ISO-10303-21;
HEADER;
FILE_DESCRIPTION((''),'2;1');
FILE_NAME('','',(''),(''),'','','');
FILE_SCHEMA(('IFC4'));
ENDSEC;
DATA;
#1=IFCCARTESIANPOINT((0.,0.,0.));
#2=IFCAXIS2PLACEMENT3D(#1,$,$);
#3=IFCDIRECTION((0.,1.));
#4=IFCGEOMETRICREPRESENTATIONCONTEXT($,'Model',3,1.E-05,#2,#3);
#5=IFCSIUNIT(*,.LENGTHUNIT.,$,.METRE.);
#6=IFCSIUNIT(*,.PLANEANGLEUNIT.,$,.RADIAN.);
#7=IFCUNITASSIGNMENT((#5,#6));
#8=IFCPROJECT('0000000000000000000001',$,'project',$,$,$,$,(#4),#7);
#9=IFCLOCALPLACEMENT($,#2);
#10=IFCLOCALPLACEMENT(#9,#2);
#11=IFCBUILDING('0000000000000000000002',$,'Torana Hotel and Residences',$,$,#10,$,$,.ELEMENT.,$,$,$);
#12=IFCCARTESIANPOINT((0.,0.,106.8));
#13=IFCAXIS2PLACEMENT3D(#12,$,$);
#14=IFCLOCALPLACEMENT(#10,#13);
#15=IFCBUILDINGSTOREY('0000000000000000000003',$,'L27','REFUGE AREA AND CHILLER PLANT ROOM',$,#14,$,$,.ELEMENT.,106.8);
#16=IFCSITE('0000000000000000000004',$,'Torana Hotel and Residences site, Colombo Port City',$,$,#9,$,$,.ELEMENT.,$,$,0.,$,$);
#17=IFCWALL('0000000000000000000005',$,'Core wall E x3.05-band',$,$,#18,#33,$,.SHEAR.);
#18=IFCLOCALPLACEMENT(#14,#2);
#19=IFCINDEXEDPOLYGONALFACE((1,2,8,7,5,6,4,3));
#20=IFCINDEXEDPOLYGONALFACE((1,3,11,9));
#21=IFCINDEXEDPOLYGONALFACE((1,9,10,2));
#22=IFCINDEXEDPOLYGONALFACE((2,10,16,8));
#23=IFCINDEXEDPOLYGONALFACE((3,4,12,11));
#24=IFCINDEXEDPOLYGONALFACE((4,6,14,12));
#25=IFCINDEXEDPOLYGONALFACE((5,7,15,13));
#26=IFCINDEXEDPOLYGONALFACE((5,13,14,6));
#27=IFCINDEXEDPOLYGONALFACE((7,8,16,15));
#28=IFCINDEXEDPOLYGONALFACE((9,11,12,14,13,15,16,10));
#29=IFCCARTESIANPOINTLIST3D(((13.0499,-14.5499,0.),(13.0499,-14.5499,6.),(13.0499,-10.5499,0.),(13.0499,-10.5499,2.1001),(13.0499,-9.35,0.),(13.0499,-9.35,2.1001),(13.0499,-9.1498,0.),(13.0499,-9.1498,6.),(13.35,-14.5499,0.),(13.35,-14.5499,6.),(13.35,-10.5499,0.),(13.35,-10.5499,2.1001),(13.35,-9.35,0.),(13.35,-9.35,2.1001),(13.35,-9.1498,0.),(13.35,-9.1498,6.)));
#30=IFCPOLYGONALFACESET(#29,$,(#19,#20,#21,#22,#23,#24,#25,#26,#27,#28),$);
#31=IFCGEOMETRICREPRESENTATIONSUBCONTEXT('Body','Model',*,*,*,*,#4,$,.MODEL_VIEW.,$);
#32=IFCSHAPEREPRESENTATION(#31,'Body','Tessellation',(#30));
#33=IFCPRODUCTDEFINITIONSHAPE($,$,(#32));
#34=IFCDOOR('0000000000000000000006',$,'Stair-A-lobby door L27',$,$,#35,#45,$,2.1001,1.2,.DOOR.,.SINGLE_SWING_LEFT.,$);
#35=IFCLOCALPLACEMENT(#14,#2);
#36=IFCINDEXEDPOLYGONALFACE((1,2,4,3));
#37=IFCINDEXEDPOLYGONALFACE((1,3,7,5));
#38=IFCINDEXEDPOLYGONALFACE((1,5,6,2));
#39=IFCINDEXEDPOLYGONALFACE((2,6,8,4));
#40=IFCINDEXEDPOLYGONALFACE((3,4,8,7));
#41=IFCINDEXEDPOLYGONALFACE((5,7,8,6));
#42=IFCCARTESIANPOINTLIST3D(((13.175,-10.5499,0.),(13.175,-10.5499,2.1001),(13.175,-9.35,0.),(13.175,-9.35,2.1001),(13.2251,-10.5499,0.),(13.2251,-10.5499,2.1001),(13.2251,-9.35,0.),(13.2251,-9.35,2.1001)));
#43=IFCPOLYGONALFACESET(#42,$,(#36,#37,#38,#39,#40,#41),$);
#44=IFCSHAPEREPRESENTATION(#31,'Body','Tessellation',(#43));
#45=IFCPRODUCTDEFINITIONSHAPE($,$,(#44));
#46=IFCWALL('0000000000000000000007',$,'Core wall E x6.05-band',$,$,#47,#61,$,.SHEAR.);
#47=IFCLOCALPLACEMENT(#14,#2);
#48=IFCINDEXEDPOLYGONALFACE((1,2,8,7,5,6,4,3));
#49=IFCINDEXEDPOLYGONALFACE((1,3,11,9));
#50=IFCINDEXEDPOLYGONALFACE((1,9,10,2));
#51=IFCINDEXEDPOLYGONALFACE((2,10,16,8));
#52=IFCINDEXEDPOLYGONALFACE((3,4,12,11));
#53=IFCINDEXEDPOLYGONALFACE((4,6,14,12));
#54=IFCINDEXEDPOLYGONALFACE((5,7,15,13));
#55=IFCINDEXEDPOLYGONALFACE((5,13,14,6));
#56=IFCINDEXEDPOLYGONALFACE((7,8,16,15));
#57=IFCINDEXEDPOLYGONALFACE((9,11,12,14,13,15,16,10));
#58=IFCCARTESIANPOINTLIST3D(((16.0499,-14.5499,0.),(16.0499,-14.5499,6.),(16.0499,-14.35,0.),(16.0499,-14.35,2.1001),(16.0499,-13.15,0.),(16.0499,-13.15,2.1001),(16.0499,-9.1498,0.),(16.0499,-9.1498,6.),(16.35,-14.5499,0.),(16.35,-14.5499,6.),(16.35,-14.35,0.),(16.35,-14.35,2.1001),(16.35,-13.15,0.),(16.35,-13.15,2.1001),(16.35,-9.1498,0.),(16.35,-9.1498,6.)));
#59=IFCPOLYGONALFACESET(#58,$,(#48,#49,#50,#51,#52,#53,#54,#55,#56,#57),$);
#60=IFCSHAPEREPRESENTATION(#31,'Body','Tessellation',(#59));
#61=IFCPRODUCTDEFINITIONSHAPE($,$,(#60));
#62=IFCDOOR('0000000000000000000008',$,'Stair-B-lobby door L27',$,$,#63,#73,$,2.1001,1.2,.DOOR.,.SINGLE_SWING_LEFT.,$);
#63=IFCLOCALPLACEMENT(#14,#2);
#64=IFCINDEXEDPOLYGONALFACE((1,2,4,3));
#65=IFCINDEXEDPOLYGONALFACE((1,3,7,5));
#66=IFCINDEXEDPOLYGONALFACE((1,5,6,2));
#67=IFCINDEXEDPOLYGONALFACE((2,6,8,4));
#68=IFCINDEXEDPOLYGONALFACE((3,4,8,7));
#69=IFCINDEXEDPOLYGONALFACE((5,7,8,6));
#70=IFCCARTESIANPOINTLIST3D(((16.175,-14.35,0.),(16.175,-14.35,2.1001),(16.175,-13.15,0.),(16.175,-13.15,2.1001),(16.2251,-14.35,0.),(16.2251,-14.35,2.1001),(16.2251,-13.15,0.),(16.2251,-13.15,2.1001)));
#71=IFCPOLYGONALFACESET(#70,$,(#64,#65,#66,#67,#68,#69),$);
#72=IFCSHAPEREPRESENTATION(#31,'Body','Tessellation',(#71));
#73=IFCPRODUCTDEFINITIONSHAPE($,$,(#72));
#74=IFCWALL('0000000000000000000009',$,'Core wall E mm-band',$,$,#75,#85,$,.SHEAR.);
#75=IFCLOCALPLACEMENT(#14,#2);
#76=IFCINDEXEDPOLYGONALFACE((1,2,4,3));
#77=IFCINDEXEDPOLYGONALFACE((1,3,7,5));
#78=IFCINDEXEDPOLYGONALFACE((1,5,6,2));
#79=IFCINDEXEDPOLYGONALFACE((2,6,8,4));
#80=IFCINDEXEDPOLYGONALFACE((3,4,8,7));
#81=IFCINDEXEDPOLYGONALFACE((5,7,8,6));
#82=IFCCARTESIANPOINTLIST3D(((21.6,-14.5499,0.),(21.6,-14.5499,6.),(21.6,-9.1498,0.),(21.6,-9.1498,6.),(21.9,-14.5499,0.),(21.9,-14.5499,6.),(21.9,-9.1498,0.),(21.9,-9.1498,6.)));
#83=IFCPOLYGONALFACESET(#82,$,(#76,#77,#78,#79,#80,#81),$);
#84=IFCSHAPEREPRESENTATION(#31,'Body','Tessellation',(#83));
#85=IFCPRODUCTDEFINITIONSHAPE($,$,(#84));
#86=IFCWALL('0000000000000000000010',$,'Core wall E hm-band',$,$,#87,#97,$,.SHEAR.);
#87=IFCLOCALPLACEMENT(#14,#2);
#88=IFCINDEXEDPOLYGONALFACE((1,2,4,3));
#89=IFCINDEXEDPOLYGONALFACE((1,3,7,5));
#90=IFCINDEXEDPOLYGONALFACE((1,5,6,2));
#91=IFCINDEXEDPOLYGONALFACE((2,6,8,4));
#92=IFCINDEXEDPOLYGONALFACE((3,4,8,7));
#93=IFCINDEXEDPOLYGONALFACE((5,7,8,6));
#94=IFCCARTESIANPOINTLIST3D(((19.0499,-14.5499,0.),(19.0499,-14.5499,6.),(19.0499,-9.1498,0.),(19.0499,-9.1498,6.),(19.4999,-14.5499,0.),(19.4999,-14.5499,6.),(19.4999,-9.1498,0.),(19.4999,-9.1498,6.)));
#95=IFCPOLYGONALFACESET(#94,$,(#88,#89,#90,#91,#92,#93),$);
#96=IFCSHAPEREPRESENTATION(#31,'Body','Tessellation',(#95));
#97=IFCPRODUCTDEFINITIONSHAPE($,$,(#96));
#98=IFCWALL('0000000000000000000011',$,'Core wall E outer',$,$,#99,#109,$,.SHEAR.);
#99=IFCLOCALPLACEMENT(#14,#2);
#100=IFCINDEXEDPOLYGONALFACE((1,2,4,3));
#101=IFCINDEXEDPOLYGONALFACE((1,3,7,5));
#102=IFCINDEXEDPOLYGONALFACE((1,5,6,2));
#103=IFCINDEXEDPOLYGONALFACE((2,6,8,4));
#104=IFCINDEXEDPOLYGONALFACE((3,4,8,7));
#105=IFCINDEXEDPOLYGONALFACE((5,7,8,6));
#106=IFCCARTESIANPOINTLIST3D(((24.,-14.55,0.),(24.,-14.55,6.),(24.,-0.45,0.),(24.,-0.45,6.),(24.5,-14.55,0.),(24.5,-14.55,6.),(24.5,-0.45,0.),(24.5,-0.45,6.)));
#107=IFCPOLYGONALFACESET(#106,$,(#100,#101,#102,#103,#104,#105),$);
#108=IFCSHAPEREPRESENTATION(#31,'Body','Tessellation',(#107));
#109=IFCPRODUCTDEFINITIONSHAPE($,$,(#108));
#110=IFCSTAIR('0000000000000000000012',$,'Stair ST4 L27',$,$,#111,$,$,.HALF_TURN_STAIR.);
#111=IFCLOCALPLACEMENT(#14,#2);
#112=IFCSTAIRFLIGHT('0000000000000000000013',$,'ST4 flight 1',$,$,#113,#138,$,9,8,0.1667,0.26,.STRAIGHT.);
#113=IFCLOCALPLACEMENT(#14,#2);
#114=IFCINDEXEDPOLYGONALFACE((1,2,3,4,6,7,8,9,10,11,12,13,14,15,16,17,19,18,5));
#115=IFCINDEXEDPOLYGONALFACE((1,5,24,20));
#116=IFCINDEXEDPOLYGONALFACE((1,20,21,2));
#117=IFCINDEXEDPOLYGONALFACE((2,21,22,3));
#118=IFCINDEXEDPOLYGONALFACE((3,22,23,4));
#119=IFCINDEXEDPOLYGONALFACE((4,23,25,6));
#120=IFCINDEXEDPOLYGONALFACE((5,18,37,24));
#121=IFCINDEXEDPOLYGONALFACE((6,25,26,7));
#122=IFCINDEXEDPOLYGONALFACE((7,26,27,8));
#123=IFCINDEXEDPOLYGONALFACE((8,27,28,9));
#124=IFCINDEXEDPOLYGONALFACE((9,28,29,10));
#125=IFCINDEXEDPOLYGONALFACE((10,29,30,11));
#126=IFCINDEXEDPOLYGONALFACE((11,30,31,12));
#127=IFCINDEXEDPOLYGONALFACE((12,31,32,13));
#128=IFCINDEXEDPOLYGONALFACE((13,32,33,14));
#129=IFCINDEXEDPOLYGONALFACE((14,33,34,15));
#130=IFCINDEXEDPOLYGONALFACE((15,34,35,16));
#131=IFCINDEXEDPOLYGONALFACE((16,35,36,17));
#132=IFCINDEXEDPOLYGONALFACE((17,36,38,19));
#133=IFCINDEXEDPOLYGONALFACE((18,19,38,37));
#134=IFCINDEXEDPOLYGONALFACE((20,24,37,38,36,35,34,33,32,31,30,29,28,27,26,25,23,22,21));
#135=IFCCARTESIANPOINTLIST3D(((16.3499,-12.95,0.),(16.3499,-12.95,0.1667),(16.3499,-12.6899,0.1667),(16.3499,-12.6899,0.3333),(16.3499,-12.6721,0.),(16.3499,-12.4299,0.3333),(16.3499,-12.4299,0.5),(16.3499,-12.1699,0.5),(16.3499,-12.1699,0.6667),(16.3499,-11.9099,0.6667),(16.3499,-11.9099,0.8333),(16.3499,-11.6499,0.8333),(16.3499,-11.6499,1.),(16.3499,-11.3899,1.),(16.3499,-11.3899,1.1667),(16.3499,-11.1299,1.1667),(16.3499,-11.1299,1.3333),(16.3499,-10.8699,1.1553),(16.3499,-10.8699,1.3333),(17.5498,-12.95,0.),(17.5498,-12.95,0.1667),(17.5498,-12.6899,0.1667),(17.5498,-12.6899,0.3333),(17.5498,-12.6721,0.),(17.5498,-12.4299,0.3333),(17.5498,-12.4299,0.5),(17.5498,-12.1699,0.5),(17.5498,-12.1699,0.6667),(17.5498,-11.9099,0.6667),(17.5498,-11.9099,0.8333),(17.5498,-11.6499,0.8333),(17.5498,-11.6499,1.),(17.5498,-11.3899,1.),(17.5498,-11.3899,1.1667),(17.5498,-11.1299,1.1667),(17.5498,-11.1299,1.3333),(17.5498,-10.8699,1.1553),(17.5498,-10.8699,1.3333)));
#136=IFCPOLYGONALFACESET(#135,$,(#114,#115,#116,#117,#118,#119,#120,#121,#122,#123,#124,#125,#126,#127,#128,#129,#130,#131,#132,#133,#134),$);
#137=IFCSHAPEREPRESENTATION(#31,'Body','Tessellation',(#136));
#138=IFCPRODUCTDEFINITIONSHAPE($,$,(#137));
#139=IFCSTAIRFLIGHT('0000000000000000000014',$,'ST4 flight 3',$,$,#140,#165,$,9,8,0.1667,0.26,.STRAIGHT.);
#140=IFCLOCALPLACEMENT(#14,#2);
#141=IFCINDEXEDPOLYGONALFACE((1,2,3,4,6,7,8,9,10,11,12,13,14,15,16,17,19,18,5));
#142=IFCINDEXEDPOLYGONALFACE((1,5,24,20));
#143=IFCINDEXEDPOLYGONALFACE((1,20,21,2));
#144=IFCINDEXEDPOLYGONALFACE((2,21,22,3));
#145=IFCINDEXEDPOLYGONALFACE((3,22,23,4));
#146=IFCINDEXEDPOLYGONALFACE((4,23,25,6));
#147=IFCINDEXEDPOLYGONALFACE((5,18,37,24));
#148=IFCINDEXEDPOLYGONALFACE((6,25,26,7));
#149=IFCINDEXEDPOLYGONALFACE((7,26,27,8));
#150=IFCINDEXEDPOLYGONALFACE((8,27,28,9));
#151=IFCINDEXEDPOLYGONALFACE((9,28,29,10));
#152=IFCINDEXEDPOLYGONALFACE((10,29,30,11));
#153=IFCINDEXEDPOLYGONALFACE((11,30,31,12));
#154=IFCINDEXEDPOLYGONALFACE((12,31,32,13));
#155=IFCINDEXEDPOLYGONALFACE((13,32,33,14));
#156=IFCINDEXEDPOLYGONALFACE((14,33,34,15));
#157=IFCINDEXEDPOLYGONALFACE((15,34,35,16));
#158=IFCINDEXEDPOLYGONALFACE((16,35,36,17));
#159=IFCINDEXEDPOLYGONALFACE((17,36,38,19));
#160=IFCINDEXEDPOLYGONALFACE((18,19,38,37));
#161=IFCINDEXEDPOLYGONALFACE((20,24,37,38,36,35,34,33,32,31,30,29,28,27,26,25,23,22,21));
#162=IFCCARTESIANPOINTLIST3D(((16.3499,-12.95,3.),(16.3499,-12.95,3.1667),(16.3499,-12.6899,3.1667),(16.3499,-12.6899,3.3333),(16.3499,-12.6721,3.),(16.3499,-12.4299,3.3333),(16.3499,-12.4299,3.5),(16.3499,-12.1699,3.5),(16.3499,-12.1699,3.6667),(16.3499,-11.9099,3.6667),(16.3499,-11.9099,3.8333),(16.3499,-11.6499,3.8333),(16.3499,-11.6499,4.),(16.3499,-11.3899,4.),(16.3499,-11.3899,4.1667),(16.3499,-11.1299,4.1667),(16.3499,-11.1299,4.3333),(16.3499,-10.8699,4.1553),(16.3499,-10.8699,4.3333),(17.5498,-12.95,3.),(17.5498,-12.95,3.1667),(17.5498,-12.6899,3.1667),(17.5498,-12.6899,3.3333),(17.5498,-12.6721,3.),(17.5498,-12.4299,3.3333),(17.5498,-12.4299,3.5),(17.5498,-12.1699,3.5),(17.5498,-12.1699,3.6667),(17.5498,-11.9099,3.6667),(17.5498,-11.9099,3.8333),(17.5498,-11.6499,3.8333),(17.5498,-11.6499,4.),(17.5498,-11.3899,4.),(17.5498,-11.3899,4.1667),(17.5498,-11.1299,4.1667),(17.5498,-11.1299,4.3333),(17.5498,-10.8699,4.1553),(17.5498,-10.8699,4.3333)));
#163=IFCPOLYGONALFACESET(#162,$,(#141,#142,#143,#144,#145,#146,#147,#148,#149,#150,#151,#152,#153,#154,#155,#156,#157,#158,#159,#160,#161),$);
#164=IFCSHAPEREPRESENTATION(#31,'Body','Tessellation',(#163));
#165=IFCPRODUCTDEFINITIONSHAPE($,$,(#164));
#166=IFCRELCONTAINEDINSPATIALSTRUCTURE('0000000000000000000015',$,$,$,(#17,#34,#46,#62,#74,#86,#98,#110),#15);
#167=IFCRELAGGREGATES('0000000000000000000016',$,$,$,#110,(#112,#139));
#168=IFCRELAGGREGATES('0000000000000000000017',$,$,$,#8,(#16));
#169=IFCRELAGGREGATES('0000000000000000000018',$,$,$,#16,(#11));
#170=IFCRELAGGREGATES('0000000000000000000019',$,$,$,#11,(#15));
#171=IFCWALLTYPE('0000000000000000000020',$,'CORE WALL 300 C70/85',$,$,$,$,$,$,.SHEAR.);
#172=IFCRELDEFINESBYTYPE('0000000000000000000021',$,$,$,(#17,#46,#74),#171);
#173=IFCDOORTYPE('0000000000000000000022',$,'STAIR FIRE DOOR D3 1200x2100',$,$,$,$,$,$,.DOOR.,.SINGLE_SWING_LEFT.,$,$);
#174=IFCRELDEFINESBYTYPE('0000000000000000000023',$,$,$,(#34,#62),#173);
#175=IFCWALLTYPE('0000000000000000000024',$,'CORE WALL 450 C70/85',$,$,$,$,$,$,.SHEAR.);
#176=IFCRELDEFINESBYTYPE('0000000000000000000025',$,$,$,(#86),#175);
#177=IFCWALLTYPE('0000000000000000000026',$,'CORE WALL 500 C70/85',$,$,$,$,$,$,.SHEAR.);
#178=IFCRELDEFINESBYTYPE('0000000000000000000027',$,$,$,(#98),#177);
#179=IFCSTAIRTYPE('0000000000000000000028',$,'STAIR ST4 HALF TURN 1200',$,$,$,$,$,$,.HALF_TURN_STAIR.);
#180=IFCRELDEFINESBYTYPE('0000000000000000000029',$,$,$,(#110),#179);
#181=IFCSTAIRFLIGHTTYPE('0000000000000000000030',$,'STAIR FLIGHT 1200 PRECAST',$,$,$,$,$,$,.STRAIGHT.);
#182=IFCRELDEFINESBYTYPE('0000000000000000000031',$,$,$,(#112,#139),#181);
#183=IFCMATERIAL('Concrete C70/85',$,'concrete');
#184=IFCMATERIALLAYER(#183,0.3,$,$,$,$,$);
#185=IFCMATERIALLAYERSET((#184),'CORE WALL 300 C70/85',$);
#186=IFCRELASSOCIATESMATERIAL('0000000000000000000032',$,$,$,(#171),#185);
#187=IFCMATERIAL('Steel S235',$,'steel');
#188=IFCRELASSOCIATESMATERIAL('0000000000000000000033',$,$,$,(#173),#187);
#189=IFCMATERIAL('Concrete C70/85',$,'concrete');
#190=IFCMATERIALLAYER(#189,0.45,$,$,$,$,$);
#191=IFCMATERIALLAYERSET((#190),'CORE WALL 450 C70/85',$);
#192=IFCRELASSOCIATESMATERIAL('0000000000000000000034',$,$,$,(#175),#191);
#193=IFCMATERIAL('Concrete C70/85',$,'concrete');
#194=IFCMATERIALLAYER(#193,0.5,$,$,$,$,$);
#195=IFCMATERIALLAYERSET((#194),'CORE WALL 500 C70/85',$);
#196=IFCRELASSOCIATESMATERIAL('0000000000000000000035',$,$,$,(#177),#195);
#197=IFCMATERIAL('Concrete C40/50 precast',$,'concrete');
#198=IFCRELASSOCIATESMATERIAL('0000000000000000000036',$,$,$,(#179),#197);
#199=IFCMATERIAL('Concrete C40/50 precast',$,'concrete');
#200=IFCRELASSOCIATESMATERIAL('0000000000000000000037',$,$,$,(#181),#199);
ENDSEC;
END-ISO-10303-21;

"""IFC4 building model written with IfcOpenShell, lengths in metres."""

from ifc_helpers import new_model, si_unit, direction, frame, frame_2d, origin, place, context, subcontext, project, spatial, polyline, rectangle, outline, extrude, material, layer, layer_set, type_object, element, fill, aggregate, save


model = new_model("IFC4")

# Units and contexts
model_context = context("Model", 3, precision=1e-05, world=origin(), true_north=direction((0.0, 1.0)))
body_context = subcontext(model_context, "Body", "Model", "MODEL_VIEW")
ifc_project = project(units=[si_unit("LENGTHUNIT", "METRE"), si_unit("PLANEANGLEUNIT", "RADIAN")], contexts=[model_context])

# Site, building, storey
site_placement = place(None, origin())
site = spatial("IfcSite", under=ifc_project, at=site_placement, Name="Torana Hotel and Residences site, Colombo Port City", CompositionType="ELEMENT", RefElevation=0.0)
building_placement = place(site_placement, origin())
building = spatial("IfcBuilding", under=site, at=building_placement, Name="Torana Hotel and Residences", CompositionType="ELEMENT")
storey_placement = place(building_placement, frame((0.0, 0.0, 106.8)))
storey = spatial("IfcBuildingStorey", under=building, at=storey_placement, Name="L27", Description="REFUGE AREA AND CHILLER PLANT ROOM", CompositionType="ELEMENT", Elevation=106.8)

# Walls, openings, doors
ifc_material_1 = material(Name="Concrete C70/85", Category="concrete")
ifc_layer_1 = layer(ifc_material_1, 0.3)
ifc_layer_set_1 = layer_set([ifc_layer_1], Name="CORE WALL 300 C70/85")
wall_type_1 = type_object("IfcWallType", Name="CORE WALL 300 C70/85", PredefinedType="SHEAR", material=ifc_layer_set_1)
wall_1_placement = place(storey_placement, frame((13.2, -14.55, 0.0), z_axis=(0.0, 0.0, 1.0), x_axis=(0.0, 1.0, 0.0)))
wall_1 = element("IfcWall", 1, at=wall_1_placement, inside=storey, type_object=wall_type_1, Name="Core wall E x3.05-band", PredefinedType="SHEAR", context=body_context, shape_type="SweptSolid", body=[
    extrude(rectangle(XDim=5.4001, YDim=0.3, at=frame_2d((2.7002, 0.0))), origin(), (0.0, 0.0, 1.0), 6.0),
])
opening_1_placement = place(wall_1_placement, frame((4.0, 0.0, 0.0)))
opening_1 = element("IfcOpeningElement", 2, at=opening_1_placement, cuts=wall_1, PredefinedType="OPENING", context=body_context, shape_type="SweptSolid", body=[
    extrude(rectangle(XDim=1.2, YDim=2.1001, at=frame_2d((0.6001, 1.05))), frame((0.0, 0.1599, 0.0), z_axis=(0.0, -1.0, 0.0), x_axis=(1.0, 0.0, 0.0)), (0.0, 0.0, 1.0), 0.3201),
])
ifc_material_2 = material(Name="Steel S235", Category="steel")
door_type = type_object("IfcDoorType", Name="STAIR FIRE DOOR D3 1200x2100", OperationType="SINGLE_SWING_LEFT", PredefinedType="DOOR", material=ifc_material_2)
door_1_placement = place(opening_1_placement, origin())
door_1 = element("IfcDoor", 3, at=door_1_placement, inside=storey, type_object=door_type, Name="Stair-A-lobby door L27", OperationType="SINGLE_SWING_LEFT", OverallHeight=2.1001, OverallWidth=1.2, PredefinedType="DOOR", context=body_context, shape_type="SweptSolid", body=[
    extrude(rectangle(XDim=1.2, YDim=2.1001, at=frame_2d((0.6001, 1.05))), frame((0.0, 0.0249, 0.0), z_axis=(0.0, -1.0, 0.0), x_axis=(1.0, 0.0, 0.0)), (0.0, 0.0, 1.0), 0.05),
])
fill(opening_1, door_1)
wall_2_placement = place(storey_placement, frame((16.2, -14.55, 0.0), z_axis=(0.0, 0.0, 1.0), x_axis=(0.0, 1.0, 0.0)))
wall_2 = element("IfcWall", 4, at=wall_2_placement, inside=storey, type_object=wall_type_1, Name="Core wall E x6.05-band", PredefinedType="SHEAR", context=body_context, shape_type="SweptSolid", body=[
    extrude(rectangle(XDim=5.4001, YDim=0.3, at=frame_2d((2.7002, 0.0))), origin(), (0.0, 0.0, 1.0), 6.0),
])
opening_2_placement = place(wall_2_placement, frame((0.2, 0.0, 0.0)))
opening_2 = element("IfcOpeningElement", 5, at=opening_2_placement, cuts=wall_2, PredefinedType="OPENING", context=body_context, shape_type="SweptSolid", body=[
    extrude(rectangle(XDim=1.2, YDim=2.1001, at=frame_2d((0.6001, 1.05))), frame((0.0, 0.1599, 0.0), z_axis=(0.0, -1.0, 0.0), x_axis=(1.0, 0.0, 0.0)), (0.0, 0.0, 1.0), 0.3201),
])
door_2_placement = place(opening_2_placement, frame((0.6001, 0.0, 0.0), z_axis=(0.0, 0.0, 1.0), x_axis=(-1.0, 0.0, 0.0)))
door_2 = element("IfcDoor", 6, at=door_2_placement, inside=storey, type_object=door_type, Name="Stair-B-lobby door L27", OperationType="SINGLE_SWING_LEFT", OverallHeight=2.1001, OverallWidth=1.2, PredefinedType="DOOR", context=body_context, shape_type="SweptSolid", body=[
    extrude(rectangle(XDim=1.2, YDim=2.1001, at=frame_2d((0.0, 1.05))), frame((0.0, -0.0249, 0.0), z_axis=(0.0, 1.0, 0.0), x_axis=(-1.0, 0.0, 0.0)), (0.0, 0.0, 1.0), 0.05),
])
fill(opening_2, door_2)

# Walls
wall_3_placement = place(storey_placement, frame((21.75, -14.55, 0.0), z_axis=(0.0, 0.0, 1.0), x_axis=(0.0, 1.0, 0.0)))
element("IfcWall", 7, at=wall_3_placement, inside=storey, type_object=wall_type_1, Name="Core wall E mm-band", PredefinedType="SHEAR", context=body_context, shape_type="SweptSolid", body=[
    extrude(rectangle(XDim=5.4001, YDim=0.3, at=frame_2d((2.7002, 0.0))), origin(), (0.0, 0.0, 1.0), 6.0),
])
ifc_material_3 = material(Name="Concrete C70/85", Category="concrete")
ifc_layer_2 = layer(ifc_material_3, 0.45)
ifc_layer_set_2 = layer_set([ifc_layer_2], Name="CORE WALL 450 C70/85")
wall_type_2 = type_object("IfcWallType", Name="CORE WALL 450 C70/85", PredefinedType="SHEAR", material=ifc_layer_set_2)
wall_4_placement = place(storey_placement, frame((19.2749, -14.55, 0.0), z_axis=(0.0, 0.0, 1.0), x_axis=(0.0, 1.0, 0.0)))
element("IfcWall", 8, at=wall_4_placement, inside=storey, type_object=wall_type_2, Name="Core wall E hm-band", PredefinedType="SHEAR", context=body_context, shape_type="SweptSolid", body=[
    extrude(rectangle(XDim=5.4001, YDim=0.45, at=frame_2d((2.7002, 0.0))), origin(), (0.0, 0.0, 1.0), 6.0),
])
ifc_material_4 = material(Name="Concrete C70/85", Category="concrete")
ifc_layer_3 = layer(ifc_material_4, 0.5)
ifc_layer_set_3 = layer_set([ifc_layer_3], Name="CORE WALL 500 C70/85")
wall_type_3 = type_object("IfcWallType", Name="CORE WALL 500 C70/85", PredefinedType="SHEAR", material=ifc_layer_set_3)
wall_5_placement = place(storey_placement, frame((24.25, -14.55, 0.0), z_axis=(0.0, 0.0, 1.0), x_axis=(0.0, 1.0, 0.0)))
element("IfcWall", 9, at=wall_5_placement, inside=storey, type_object=wall_type_3, Name="Core wall E outer", PredefinedType="SHEAR", context=body_context, shape_type="SweptSolid", body=[
    extrude(rectangle(XDim=14.1001, YDim=0.5, at=frame_2d((7.05, 0.0))), origin(), (0.0, 0.0, 1.0), 6.0),
])

# Stair, stair flights
ifc_material_5 = material(Name="Concrete C40/50 precast", Category="concrete")
stair_type = type_object("IfcStairType", Name="STAIR ST4 HALF TURN 1200", PredefinedType="HALF_TURN_STAIR", material=ifc_material_5)
stair_placement = place(storey_placement, origin())
stair = element("IfcStair", 10, at=stair_placement, inside=storey, type_object=stair_type, Name="Stair ST4 L27", PredefinedType="HALF_TURN_STAIR")
ifc_material_6 = material(Name="Concrete C40/50 precast", Category="concrete")
stair_flight_type = type_object("IfcStairFlightType", Name="STAIR FLIGHT 1200 PRECAST", PredefinedType="STRAIGHT", material=ifc_material_6)
stair_flight_1_placement = place(storey_placement, frame((16.95, -12.95, 0.0), z_axis=(0.0, 0.0, 1.0), x_axis=(0.0, 1.0, 0.0)))
stair_flight_1 = element("IfcStairFlight", 11, at=stair_flight_1_placement, type_object=stair_flight_type, Name="ST4 flight 1", NumberOfRisers=9, NumberOfTreads=8, PredefinedType="STRAIGHT", RiserHeight=0.1667, TreadLength=0.26, context=body_context, shape_type="SweptSolid", body=[
    extrude(outline(polyline([(0.0, 0.0), (0.0, 0.1667), (0.26, 0.1667), (0.26, 0.3333), (0.52, 0.3333), (0.52, 0.5), (0.78, 0.5), (0.78, 0.6667), (1.04, 0.6667), (1.04, 0.8333), (1.3, 0.8333), (1.3, 1.0), (1.5601, 1.0), (1.5601, 1.1667), (1.8201, 1.1667), (1.8201, 1.3333), (2.0801, 1.3333), (2.0801, 1.5), (2.0801, 1.1553), (0.2778, 0.0), (0.0, 0.0)])), frame((0.0, 0.6001, 0.0), z_axis=(0.0, -1.0, 0.0), x_axis=(1.0, 0.0, 0.0)), (0.0, 0.0, 1.0), 1.2),
])
stair_flight_2_placement = place(storey_placement, frame((16.95, -12.95, 3.0), z_axis=(0.0, 0.0, 1.0), x_axis=(0.0, 1.0, 0.0)))
stair_flight_2 = element("IfcStairFlight", 12, at=stair_flight_2_placement, type_object=stair_flight_type, Name="ST4 flight 3", NumberOfRisers=9, NumberOfTreads=8, PredefinedType="STRAIGHT", RiserHeight=0.1667, TreadLength=0.26, context=body_context, shape_type="SweptSolid", body=[
    extrude(outline(polyline([(0.0, 0.0), (0.0, 0.1667), (0.26, 0.1667), (0.26, 0.3333), (0.52, 0.3333), (0.52, 0.5), (0.78, 0.5), (0.78, 0.6667), (1.04, 0.6667), (1.04, 0.8333), (1.3, 0.8333), (1.3, 1.0), (1.5601, 1.0), (1.5601, 1.1667), (1.8201, 1.1667), (1.8201, 1.3333), (2.0801, 1.3333), (2.0801, 1.5), (2.0801, 1.1553), (0.2778, 0.0), (0.0, 0.0)])), frame((0.0, 0.6001, 0.0), z_axis=(0.0, -1.0, 0.0), x_axis=(1.0, 0.0, 0.0)), (0.0, 0.0, 1.0), 1.2),
])
aggregate(stair, [stair_flight_1, stair_flight_2])

save(model, "model.ifc")
